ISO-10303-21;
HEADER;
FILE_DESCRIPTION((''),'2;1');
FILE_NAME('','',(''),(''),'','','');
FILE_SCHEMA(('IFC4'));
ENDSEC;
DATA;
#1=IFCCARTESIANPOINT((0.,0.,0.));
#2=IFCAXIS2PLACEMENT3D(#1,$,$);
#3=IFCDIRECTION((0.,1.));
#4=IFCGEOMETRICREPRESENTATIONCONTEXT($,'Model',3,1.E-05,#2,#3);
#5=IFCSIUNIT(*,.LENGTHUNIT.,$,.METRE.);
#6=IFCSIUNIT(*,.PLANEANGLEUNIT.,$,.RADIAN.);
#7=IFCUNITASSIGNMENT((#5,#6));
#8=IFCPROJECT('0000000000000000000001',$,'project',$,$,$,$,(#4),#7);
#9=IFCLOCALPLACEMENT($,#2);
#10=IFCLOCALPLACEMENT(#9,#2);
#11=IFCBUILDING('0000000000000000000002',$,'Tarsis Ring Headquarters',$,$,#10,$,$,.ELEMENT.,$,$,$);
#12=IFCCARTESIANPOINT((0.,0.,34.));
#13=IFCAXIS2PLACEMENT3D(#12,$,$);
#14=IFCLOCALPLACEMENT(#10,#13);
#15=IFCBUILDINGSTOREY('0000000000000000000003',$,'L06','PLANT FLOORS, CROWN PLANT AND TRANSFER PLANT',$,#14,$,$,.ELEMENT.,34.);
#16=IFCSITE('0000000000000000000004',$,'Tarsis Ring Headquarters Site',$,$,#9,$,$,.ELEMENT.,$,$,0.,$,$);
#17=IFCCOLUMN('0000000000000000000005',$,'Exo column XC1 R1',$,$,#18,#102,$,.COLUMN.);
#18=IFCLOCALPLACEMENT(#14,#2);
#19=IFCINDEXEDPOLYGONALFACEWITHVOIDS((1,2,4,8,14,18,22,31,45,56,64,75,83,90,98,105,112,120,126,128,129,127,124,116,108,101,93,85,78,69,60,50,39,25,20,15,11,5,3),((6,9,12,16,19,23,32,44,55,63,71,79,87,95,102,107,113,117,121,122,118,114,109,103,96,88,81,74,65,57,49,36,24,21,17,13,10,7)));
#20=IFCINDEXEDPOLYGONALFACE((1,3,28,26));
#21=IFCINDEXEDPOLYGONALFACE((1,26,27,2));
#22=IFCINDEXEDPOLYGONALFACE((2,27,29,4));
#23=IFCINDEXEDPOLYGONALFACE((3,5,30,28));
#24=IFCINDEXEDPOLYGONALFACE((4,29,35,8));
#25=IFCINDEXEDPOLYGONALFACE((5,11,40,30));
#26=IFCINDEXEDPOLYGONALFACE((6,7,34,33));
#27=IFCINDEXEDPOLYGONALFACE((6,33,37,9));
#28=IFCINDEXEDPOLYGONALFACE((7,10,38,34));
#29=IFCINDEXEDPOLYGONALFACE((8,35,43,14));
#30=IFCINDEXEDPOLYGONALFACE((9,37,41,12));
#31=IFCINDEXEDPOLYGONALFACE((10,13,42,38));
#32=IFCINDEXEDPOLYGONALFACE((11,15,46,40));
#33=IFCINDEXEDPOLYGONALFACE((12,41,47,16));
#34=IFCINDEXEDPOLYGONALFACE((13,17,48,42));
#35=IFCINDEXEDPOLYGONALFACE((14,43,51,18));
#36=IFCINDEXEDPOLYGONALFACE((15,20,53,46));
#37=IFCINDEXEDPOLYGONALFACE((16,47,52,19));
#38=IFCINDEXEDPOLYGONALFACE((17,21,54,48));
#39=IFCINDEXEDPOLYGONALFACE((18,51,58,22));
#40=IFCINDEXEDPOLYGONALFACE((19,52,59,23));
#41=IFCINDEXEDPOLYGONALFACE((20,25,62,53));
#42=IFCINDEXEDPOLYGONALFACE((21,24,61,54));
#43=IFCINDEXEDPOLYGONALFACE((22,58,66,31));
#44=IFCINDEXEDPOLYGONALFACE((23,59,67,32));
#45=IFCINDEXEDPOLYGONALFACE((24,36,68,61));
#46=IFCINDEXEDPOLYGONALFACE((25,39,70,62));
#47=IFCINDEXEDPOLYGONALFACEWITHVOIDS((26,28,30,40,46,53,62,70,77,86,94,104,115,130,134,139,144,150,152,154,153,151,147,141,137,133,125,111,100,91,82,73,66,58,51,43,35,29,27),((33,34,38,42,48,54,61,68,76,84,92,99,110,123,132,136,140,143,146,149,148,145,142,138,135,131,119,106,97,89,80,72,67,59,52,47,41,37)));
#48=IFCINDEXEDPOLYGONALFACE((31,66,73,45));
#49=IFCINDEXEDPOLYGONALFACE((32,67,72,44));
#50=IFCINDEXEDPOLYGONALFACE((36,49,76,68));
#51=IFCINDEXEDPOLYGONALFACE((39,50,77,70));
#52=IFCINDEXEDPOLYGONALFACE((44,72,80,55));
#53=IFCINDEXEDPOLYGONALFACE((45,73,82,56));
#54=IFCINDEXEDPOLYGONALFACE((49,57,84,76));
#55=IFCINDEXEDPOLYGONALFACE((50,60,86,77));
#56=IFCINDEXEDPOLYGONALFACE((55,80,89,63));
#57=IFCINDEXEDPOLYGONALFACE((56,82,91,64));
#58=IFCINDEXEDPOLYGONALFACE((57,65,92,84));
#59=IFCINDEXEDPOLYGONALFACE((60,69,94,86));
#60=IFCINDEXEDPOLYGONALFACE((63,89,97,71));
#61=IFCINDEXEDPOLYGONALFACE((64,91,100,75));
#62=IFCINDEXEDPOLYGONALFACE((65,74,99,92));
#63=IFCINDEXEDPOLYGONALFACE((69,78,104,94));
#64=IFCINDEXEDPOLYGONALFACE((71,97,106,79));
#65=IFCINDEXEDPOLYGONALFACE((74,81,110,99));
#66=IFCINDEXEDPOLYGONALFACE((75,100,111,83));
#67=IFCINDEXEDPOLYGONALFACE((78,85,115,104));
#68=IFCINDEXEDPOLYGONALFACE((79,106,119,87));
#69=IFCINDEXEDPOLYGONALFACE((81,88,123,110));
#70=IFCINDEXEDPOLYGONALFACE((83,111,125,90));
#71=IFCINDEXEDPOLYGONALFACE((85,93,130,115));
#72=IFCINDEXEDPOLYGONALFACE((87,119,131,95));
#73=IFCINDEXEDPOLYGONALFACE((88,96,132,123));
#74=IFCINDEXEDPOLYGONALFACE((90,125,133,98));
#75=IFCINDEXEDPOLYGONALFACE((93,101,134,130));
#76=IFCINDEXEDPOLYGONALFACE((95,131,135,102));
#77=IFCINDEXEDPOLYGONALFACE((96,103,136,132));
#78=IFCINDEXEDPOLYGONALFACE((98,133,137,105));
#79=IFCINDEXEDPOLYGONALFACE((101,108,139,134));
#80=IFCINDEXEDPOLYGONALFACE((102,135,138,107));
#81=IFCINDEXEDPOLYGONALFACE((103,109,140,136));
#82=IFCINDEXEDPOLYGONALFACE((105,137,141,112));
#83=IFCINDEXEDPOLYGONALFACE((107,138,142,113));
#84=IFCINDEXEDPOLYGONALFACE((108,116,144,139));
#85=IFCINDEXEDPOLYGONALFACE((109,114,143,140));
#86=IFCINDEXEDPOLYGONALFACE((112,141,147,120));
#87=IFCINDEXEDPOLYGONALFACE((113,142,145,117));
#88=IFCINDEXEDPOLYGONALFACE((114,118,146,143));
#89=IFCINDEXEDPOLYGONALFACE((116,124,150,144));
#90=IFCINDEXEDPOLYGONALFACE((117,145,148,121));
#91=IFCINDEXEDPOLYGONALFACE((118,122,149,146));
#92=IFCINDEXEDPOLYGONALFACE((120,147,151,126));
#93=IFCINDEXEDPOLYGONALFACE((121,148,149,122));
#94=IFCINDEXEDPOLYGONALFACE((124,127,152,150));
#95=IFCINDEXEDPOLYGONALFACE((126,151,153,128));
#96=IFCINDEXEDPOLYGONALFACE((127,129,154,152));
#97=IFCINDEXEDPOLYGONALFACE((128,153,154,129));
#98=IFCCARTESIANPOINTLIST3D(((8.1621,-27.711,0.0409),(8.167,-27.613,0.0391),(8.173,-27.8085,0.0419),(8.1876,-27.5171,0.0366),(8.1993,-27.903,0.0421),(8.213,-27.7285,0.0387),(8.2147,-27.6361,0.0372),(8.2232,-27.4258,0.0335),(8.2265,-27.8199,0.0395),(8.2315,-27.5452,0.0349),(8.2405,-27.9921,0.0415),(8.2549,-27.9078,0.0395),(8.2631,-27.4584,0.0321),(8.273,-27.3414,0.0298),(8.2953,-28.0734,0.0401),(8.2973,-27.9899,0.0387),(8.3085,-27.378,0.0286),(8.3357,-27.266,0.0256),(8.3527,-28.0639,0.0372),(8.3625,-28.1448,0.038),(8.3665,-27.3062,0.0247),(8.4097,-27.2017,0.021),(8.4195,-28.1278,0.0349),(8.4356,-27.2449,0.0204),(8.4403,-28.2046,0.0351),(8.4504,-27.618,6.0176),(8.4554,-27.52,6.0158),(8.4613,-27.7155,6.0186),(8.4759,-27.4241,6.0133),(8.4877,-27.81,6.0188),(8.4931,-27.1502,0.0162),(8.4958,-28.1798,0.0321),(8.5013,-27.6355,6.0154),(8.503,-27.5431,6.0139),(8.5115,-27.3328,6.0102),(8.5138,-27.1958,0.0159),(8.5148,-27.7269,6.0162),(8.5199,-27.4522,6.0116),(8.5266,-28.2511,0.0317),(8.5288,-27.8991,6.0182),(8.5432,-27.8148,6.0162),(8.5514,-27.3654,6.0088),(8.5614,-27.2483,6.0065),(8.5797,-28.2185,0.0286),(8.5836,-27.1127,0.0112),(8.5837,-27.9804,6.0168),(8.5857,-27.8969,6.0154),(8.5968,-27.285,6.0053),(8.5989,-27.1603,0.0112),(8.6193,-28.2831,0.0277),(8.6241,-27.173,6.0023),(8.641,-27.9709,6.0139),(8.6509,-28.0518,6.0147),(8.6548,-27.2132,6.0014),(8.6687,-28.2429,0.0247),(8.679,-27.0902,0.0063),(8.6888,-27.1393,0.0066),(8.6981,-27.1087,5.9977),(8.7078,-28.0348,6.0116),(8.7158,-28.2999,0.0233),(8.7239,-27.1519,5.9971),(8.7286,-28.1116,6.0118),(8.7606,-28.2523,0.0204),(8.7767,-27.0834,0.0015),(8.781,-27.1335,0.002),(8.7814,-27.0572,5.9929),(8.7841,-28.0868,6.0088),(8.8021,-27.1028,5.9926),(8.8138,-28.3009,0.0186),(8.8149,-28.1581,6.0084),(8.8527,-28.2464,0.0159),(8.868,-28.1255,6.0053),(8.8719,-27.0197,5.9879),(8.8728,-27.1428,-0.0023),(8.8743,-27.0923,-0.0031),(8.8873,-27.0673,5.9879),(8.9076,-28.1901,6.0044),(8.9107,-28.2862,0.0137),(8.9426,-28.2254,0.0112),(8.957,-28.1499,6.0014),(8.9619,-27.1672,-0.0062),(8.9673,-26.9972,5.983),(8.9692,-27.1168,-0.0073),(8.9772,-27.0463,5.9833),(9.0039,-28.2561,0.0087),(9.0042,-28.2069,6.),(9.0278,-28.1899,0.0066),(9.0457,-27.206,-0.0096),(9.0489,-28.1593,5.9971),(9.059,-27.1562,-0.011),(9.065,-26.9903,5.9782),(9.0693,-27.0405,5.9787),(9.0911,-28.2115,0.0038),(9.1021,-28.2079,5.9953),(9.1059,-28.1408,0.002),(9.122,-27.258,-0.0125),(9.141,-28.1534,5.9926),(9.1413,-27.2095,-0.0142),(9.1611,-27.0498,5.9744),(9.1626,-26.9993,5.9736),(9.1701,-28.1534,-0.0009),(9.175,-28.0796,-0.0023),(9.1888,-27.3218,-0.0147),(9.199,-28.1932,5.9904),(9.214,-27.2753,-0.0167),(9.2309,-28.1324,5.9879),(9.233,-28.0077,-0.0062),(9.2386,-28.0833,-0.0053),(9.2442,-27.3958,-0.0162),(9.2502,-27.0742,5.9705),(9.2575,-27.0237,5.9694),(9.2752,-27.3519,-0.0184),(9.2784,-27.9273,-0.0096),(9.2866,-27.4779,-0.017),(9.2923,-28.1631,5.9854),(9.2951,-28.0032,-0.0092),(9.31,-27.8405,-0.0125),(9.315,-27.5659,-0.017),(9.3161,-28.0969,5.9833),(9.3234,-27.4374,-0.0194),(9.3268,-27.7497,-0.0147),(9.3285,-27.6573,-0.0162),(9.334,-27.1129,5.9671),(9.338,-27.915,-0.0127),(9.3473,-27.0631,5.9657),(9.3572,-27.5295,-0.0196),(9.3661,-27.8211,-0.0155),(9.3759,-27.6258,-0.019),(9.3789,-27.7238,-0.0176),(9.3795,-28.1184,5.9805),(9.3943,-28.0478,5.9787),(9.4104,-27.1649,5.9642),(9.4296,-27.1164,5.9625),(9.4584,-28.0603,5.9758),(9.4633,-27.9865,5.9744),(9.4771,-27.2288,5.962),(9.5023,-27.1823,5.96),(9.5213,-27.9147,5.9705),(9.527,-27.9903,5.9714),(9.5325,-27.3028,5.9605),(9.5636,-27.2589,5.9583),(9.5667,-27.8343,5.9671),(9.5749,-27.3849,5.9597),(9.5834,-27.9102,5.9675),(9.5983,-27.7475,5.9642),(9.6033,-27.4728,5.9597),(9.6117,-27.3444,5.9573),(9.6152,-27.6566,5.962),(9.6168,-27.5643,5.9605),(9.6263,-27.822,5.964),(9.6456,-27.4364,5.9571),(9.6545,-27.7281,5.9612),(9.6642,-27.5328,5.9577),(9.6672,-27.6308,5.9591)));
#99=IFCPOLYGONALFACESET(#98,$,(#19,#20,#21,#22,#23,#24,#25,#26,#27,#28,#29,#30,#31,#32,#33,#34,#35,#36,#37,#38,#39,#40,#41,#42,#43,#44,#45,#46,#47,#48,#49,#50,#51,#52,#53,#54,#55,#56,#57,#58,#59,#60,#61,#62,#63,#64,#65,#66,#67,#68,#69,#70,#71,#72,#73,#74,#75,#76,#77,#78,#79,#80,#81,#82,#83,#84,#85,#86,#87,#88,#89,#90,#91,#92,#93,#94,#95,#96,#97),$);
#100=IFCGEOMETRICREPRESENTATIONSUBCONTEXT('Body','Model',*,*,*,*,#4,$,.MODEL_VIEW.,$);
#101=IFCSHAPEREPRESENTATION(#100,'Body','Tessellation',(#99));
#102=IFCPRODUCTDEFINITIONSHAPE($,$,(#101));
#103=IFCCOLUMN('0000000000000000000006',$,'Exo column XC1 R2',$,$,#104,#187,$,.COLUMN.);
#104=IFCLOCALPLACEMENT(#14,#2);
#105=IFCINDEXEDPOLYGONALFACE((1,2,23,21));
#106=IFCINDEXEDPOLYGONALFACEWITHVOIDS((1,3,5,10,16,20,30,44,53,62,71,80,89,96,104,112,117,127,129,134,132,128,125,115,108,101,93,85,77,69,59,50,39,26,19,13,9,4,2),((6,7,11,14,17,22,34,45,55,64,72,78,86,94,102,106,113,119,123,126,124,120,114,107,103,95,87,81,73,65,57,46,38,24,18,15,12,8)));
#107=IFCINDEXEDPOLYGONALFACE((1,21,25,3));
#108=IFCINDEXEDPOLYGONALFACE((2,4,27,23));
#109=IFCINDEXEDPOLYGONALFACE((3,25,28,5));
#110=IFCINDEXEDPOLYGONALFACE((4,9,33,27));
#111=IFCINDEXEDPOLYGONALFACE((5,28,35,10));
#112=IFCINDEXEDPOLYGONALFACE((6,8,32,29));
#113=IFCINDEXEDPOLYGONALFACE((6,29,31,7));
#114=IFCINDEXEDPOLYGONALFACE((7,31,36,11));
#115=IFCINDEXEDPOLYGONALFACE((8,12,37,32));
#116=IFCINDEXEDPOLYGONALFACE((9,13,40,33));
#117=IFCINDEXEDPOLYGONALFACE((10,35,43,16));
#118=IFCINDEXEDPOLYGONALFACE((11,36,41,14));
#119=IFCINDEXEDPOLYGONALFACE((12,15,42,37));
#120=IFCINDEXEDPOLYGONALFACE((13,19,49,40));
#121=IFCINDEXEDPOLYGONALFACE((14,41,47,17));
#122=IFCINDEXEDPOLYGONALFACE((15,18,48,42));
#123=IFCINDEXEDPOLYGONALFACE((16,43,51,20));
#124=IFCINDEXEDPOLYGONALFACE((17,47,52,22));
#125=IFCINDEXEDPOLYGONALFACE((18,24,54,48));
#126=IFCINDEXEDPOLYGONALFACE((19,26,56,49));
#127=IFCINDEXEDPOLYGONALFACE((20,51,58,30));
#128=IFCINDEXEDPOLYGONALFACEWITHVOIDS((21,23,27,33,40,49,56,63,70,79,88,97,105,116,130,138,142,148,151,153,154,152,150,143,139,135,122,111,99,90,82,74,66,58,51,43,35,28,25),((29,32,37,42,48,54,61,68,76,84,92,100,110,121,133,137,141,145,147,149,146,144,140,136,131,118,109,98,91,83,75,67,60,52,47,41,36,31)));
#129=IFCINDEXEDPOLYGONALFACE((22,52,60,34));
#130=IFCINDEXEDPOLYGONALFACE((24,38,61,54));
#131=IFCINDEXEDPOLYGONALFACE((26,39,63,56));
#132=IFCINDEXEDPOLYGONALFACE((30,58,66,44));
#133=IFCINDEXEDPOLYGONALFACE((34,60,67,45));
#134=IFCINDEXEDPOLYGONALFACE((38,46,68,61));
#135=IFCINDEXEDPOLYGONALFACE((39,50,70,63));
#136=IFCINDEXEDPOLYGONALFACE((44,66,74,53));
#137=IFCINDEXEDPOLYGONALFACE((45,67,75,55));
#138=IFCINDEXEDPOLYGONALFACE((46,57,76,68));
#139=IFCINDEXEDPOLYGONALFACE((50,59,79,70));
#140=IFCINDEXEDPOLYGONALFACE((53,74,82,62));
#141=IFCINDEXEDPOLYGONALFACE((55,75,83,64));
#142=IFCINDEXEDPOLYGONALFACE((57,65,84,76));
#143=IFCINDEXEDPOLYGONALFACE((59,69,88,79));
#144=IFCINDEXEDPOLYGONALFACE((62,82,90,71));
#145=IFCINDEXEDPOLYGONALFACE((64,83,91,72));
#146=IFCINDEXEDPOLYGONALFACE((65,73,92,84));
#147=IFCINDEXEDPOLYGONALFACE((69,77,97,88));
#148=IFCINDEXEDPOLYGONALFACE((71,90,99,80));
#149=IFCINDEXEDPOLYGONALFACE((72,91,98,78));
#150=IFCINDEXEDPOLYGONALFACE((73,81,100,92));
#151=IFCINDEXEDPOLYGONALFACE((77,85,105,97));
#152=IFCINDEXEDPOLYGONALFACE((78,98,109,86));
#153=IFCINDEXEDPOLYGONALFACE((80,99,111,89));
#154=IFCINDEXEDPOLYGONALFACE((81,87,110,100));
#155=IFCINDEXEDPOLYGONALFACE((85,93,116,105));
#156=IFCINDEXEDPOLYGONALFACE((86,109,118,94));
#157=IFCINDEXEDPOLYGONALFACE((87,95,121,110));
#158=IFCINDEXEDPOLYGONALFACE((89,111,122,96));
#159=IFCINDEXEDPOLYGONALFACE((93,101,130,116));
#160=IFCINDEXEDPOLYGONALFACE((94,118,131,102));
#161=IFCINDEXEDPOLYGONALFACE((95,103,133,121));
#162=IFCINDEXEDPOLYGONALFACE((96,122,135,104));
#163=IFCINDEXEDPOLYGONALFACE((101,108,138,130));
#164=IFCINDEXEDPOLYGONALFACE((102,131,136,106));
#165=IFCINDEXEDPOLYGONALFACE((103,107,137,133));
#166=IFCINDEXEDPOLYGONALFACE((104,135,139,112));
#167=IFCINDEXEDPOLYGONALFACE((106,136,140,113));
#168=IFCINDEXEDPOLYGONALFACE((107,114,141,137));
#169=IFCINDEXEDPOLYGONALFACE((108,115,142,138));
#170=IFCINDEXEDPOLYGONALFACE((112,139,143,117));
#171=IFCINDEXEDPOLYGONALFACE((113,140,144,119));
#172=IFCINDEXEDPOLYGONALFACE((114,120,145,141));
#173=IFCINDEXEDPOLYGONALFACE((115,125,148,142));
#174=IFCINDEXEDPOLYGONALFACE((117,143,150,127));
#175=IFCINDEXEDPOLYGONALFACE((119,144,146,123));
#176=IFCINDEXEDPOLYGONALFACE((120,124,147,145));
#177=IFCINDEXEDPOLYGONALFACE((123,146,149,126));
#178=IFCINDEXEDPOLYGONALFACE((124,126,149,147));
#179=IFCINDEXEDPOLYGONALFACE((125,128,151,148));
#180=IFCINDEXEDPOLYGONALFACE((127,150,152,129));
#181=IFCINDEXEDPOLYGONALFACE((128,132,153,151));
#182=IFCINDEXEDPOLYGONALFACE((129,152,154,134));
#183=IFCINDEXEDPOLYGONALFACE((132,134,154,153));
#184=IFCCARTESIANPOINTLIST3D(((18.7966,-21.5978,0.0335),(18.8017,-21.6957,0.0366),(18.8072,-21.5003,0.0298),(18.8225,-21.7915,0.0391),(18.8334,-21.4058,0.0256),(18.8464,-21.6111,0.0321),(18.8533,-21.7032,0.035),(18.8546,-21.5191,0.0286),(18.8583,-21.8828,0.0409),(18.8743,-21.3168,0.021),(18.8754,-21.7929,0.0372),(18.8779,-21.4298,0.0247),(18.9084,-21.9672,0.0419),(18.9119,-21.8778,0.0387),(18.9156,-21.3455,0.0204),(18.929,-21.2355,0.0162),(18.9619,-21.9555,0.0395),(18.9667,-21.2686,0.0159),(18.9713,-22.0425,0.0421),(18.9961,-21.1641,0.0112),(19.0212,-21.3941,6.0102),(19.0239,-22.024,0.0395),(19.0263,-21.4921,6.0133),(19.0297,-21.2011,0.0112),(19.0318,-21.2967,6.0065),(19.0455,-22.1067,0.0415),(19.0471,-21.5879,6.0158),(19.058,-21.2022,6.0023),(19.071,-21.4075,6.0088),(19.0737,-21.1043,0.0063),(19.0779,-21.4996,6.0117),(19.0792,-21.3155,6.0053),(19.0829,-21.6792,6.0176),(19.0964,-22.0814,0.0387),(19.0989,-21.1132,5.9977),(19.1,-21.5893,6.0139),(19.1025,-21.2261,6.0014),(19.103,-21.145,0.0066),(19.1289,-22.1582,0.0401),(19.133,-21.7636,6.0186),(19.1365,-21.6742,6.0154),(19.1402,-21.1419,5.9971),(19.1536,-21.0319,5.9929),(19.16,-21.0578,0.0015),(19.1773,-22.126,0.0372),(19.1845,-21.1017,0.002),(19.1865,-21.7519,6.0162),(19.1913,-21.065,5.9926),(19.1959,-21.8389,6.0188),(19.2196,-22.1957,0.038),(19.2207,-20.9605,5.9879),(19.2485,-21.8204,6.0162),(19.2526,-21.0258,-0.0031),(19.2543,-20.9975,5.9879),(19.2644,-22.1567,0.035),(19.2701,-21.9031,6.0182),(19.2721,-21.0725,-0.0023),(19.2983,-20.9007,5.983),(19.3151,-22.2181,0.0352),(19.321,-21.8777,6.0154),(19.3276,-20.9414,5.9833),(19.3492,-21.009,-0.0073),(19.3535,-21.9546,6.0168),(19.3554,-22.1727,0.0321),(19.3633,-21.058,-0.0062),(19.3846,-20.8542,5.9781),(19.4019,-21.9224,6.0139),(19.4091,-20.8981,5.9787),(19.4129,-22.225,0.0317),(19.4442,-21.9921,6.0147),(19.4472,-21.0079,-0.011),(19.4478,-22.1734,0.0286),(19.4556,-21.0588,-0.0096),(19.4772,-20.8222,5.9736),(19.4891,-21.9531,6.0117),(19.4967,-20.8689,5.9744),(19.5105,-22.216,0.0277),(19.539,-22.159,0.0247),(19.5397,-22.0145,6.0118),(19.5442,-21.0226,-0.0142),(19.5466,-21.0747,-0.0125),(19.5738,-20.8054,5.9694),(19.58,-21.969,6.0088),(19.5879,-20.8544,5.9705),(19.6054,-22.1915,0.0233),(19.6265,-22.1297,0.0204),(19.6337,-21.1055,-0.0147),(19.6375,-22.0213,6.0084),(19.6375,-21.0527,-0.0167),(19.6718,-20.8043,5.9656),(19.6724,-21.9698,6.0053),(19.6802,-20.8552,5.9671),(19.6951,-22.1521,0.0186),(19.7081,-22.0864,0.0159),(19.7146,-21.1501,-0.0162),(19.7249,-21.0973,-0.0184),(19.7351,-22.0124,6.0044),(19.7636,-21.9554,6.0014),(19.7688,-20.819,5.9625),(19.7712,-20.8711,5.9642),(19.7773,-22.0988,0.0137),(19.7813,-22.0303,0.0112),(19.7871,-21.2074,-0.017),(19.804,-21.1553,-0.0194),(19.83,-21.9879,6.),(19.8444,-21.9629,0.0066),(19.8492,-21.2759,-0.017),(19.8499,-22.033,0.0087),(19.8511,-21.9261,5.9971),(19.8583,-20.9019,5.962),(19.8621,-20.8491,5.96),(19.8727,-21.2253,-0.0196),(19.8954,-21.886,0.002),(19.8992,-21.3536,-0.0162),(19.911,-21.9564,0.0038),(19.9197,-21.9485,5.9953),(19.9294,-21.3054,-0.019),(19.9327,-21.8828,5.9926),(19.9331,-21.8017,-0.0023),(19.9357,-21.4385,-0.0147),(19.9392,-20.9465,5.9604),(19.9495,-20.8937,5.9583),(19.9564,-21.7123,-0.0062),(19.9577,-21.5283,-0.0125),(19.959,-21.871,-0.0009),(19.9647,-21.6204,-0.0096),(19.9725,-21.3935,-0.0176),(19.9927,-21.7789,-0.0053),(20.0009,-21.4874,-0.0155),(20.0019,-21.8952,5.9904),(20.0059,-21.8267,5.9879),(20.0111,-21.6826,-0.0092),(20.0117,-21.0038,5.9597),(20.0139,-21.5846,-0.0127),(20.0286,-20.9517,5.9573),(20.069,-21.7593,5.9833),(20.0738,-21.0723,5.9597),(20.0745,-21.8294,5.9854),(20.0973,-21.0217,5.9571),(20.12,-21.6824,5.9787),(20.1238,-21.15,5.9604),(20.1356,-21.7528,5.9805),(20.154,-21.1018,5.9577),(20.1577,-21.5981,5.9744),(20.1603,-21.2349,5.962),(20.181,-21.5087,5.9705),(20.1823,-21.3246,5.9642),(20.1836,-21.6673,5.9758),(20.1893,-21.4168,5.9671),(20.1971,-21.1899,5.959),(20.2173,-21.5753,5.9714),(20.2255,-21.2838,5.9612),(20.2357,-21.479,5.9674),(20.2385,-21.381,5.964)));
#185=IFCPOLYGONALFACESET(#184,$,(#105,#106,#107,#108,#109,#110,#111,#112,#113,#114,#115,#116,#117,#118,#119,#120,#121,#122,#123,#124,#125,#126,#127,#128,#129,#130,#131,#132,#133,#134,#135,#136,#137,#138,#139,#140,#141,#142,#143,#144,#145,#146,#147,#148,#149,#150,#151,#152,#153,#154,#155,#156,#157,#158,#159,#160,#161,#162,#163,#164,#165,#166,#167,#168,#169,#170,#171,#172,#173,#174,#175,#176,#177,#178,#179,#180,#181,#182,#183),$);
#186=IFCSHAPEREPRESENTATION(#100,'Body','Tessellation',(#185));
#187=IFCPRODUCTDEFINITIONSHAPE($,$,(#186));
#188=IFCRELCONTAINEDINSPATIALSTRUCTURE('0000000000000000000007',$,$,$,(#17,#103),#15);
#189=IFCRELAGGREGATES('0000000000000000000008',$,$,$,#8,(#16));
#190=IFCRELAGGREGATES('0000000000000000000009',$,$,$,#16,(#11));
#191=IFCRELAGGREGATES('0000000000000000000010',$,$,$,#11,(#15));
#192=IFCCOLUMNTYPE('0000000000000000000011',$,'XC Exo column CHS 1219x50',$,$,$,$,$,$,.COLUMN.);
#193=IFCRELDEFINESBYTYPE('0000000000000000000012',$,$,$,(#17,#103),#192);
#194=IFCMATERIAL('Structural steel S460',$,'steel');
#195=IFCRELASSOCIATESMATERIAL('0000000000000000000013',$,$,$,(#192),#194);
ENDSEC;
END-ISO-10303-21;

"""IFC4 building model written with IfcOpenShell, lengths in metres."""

from ifc_helpers import new_model, si_unit, direction, frame, origin, origin_2d, place, context, subcontext, project, spatial, hollow_circle, extrude, material, material_profile, profile_set, type_object, element, save


model = new_model("IFC4")

# Units and contexts
model_context = context("Model", 3, precision=1e-05, world=origin(), true_north=direction((0.0, 1.0)))
body_context = subcontext(model_context, "Body", "Model", "MODEL_VIEW")
ifc_project = project(units=[si_unit("LENGTHUNIT", "METRE"), si_unit("PLANEANGLEUNIT", "RADIAN")], contexts=[model_context])

# Site, building, storey
site_placement = place(None, origin())
site = spatial("IfcSite", under=ifc_project, at=site_placement, Name="Tarsis Ring Headquarters Site", CompositionType="ELEMENT", RefElevation=0.0)
building_placement = place(site_placement, origin())
building = spatial("IfcBuilding", under=site, at=building_placement, Name="Tarsis Ring Headquarters", CompositionType="ELEMENT")
storey_placement = place(building_placement, frame((0.0, 0.0, 34.0)))
storey = spatial("IfcBuildingStorey", under=building, at=storey_placement, Name="L06", Description="PLANT FLOORS, CROWN PLANT AND TRANSFER PLANT", CompositionType="ELEMENT", Elevation=34.0)

# Columns
ifc_material_1 = material(Name="Structural steel S460", Category="steel")
ifc_material_profile_1 = material_profile(ifc_material_1, hollow_circle(Radius=0.6096, WallThickness=0.05, at=origin_2d()), Name="CHS 1219x50")
ifc_profile_set_1 = profile_set([ifc_material_profile_1], Name="Structural steel S460")
column_type = type_object("IfcColumnType", Name="XC Exo column CHS 1219x50", PredefinedType="COLUMN", material=ifc_profile_set_1)
for number, where, z_axis, x_axis, name in (
    (1, (8.7708, -27.6929, 0.0112), (0.04818, 0.015543, 0.998718), (-0.307026, 0.951701, 0.0), "Exo column XC1 R1"),
    (2, (19.4055, -21.6157, 0.0112), (0.037532, 0.034023, 0.998716), (-0.67163, 0.740887, 0.0), "Exo column XC1 R2"),
):
    element("IfcColumn", number, at=place(storey_placement, frame(where, z_axis=z_axis, x_axis=x_axis)), inside=storey, type_object=column_type, Name=name, PredefinedType="COLUMN", context=body_context, shape_type="SweptSolid", body=[
        extrude(hollow_circle(Radius=0.6096, WallThickness=0.05, at=origin_2d()), origin(), (0.0, 0.0, 1.0), 5.9844),
    ])

save(model, "model.ifc")
